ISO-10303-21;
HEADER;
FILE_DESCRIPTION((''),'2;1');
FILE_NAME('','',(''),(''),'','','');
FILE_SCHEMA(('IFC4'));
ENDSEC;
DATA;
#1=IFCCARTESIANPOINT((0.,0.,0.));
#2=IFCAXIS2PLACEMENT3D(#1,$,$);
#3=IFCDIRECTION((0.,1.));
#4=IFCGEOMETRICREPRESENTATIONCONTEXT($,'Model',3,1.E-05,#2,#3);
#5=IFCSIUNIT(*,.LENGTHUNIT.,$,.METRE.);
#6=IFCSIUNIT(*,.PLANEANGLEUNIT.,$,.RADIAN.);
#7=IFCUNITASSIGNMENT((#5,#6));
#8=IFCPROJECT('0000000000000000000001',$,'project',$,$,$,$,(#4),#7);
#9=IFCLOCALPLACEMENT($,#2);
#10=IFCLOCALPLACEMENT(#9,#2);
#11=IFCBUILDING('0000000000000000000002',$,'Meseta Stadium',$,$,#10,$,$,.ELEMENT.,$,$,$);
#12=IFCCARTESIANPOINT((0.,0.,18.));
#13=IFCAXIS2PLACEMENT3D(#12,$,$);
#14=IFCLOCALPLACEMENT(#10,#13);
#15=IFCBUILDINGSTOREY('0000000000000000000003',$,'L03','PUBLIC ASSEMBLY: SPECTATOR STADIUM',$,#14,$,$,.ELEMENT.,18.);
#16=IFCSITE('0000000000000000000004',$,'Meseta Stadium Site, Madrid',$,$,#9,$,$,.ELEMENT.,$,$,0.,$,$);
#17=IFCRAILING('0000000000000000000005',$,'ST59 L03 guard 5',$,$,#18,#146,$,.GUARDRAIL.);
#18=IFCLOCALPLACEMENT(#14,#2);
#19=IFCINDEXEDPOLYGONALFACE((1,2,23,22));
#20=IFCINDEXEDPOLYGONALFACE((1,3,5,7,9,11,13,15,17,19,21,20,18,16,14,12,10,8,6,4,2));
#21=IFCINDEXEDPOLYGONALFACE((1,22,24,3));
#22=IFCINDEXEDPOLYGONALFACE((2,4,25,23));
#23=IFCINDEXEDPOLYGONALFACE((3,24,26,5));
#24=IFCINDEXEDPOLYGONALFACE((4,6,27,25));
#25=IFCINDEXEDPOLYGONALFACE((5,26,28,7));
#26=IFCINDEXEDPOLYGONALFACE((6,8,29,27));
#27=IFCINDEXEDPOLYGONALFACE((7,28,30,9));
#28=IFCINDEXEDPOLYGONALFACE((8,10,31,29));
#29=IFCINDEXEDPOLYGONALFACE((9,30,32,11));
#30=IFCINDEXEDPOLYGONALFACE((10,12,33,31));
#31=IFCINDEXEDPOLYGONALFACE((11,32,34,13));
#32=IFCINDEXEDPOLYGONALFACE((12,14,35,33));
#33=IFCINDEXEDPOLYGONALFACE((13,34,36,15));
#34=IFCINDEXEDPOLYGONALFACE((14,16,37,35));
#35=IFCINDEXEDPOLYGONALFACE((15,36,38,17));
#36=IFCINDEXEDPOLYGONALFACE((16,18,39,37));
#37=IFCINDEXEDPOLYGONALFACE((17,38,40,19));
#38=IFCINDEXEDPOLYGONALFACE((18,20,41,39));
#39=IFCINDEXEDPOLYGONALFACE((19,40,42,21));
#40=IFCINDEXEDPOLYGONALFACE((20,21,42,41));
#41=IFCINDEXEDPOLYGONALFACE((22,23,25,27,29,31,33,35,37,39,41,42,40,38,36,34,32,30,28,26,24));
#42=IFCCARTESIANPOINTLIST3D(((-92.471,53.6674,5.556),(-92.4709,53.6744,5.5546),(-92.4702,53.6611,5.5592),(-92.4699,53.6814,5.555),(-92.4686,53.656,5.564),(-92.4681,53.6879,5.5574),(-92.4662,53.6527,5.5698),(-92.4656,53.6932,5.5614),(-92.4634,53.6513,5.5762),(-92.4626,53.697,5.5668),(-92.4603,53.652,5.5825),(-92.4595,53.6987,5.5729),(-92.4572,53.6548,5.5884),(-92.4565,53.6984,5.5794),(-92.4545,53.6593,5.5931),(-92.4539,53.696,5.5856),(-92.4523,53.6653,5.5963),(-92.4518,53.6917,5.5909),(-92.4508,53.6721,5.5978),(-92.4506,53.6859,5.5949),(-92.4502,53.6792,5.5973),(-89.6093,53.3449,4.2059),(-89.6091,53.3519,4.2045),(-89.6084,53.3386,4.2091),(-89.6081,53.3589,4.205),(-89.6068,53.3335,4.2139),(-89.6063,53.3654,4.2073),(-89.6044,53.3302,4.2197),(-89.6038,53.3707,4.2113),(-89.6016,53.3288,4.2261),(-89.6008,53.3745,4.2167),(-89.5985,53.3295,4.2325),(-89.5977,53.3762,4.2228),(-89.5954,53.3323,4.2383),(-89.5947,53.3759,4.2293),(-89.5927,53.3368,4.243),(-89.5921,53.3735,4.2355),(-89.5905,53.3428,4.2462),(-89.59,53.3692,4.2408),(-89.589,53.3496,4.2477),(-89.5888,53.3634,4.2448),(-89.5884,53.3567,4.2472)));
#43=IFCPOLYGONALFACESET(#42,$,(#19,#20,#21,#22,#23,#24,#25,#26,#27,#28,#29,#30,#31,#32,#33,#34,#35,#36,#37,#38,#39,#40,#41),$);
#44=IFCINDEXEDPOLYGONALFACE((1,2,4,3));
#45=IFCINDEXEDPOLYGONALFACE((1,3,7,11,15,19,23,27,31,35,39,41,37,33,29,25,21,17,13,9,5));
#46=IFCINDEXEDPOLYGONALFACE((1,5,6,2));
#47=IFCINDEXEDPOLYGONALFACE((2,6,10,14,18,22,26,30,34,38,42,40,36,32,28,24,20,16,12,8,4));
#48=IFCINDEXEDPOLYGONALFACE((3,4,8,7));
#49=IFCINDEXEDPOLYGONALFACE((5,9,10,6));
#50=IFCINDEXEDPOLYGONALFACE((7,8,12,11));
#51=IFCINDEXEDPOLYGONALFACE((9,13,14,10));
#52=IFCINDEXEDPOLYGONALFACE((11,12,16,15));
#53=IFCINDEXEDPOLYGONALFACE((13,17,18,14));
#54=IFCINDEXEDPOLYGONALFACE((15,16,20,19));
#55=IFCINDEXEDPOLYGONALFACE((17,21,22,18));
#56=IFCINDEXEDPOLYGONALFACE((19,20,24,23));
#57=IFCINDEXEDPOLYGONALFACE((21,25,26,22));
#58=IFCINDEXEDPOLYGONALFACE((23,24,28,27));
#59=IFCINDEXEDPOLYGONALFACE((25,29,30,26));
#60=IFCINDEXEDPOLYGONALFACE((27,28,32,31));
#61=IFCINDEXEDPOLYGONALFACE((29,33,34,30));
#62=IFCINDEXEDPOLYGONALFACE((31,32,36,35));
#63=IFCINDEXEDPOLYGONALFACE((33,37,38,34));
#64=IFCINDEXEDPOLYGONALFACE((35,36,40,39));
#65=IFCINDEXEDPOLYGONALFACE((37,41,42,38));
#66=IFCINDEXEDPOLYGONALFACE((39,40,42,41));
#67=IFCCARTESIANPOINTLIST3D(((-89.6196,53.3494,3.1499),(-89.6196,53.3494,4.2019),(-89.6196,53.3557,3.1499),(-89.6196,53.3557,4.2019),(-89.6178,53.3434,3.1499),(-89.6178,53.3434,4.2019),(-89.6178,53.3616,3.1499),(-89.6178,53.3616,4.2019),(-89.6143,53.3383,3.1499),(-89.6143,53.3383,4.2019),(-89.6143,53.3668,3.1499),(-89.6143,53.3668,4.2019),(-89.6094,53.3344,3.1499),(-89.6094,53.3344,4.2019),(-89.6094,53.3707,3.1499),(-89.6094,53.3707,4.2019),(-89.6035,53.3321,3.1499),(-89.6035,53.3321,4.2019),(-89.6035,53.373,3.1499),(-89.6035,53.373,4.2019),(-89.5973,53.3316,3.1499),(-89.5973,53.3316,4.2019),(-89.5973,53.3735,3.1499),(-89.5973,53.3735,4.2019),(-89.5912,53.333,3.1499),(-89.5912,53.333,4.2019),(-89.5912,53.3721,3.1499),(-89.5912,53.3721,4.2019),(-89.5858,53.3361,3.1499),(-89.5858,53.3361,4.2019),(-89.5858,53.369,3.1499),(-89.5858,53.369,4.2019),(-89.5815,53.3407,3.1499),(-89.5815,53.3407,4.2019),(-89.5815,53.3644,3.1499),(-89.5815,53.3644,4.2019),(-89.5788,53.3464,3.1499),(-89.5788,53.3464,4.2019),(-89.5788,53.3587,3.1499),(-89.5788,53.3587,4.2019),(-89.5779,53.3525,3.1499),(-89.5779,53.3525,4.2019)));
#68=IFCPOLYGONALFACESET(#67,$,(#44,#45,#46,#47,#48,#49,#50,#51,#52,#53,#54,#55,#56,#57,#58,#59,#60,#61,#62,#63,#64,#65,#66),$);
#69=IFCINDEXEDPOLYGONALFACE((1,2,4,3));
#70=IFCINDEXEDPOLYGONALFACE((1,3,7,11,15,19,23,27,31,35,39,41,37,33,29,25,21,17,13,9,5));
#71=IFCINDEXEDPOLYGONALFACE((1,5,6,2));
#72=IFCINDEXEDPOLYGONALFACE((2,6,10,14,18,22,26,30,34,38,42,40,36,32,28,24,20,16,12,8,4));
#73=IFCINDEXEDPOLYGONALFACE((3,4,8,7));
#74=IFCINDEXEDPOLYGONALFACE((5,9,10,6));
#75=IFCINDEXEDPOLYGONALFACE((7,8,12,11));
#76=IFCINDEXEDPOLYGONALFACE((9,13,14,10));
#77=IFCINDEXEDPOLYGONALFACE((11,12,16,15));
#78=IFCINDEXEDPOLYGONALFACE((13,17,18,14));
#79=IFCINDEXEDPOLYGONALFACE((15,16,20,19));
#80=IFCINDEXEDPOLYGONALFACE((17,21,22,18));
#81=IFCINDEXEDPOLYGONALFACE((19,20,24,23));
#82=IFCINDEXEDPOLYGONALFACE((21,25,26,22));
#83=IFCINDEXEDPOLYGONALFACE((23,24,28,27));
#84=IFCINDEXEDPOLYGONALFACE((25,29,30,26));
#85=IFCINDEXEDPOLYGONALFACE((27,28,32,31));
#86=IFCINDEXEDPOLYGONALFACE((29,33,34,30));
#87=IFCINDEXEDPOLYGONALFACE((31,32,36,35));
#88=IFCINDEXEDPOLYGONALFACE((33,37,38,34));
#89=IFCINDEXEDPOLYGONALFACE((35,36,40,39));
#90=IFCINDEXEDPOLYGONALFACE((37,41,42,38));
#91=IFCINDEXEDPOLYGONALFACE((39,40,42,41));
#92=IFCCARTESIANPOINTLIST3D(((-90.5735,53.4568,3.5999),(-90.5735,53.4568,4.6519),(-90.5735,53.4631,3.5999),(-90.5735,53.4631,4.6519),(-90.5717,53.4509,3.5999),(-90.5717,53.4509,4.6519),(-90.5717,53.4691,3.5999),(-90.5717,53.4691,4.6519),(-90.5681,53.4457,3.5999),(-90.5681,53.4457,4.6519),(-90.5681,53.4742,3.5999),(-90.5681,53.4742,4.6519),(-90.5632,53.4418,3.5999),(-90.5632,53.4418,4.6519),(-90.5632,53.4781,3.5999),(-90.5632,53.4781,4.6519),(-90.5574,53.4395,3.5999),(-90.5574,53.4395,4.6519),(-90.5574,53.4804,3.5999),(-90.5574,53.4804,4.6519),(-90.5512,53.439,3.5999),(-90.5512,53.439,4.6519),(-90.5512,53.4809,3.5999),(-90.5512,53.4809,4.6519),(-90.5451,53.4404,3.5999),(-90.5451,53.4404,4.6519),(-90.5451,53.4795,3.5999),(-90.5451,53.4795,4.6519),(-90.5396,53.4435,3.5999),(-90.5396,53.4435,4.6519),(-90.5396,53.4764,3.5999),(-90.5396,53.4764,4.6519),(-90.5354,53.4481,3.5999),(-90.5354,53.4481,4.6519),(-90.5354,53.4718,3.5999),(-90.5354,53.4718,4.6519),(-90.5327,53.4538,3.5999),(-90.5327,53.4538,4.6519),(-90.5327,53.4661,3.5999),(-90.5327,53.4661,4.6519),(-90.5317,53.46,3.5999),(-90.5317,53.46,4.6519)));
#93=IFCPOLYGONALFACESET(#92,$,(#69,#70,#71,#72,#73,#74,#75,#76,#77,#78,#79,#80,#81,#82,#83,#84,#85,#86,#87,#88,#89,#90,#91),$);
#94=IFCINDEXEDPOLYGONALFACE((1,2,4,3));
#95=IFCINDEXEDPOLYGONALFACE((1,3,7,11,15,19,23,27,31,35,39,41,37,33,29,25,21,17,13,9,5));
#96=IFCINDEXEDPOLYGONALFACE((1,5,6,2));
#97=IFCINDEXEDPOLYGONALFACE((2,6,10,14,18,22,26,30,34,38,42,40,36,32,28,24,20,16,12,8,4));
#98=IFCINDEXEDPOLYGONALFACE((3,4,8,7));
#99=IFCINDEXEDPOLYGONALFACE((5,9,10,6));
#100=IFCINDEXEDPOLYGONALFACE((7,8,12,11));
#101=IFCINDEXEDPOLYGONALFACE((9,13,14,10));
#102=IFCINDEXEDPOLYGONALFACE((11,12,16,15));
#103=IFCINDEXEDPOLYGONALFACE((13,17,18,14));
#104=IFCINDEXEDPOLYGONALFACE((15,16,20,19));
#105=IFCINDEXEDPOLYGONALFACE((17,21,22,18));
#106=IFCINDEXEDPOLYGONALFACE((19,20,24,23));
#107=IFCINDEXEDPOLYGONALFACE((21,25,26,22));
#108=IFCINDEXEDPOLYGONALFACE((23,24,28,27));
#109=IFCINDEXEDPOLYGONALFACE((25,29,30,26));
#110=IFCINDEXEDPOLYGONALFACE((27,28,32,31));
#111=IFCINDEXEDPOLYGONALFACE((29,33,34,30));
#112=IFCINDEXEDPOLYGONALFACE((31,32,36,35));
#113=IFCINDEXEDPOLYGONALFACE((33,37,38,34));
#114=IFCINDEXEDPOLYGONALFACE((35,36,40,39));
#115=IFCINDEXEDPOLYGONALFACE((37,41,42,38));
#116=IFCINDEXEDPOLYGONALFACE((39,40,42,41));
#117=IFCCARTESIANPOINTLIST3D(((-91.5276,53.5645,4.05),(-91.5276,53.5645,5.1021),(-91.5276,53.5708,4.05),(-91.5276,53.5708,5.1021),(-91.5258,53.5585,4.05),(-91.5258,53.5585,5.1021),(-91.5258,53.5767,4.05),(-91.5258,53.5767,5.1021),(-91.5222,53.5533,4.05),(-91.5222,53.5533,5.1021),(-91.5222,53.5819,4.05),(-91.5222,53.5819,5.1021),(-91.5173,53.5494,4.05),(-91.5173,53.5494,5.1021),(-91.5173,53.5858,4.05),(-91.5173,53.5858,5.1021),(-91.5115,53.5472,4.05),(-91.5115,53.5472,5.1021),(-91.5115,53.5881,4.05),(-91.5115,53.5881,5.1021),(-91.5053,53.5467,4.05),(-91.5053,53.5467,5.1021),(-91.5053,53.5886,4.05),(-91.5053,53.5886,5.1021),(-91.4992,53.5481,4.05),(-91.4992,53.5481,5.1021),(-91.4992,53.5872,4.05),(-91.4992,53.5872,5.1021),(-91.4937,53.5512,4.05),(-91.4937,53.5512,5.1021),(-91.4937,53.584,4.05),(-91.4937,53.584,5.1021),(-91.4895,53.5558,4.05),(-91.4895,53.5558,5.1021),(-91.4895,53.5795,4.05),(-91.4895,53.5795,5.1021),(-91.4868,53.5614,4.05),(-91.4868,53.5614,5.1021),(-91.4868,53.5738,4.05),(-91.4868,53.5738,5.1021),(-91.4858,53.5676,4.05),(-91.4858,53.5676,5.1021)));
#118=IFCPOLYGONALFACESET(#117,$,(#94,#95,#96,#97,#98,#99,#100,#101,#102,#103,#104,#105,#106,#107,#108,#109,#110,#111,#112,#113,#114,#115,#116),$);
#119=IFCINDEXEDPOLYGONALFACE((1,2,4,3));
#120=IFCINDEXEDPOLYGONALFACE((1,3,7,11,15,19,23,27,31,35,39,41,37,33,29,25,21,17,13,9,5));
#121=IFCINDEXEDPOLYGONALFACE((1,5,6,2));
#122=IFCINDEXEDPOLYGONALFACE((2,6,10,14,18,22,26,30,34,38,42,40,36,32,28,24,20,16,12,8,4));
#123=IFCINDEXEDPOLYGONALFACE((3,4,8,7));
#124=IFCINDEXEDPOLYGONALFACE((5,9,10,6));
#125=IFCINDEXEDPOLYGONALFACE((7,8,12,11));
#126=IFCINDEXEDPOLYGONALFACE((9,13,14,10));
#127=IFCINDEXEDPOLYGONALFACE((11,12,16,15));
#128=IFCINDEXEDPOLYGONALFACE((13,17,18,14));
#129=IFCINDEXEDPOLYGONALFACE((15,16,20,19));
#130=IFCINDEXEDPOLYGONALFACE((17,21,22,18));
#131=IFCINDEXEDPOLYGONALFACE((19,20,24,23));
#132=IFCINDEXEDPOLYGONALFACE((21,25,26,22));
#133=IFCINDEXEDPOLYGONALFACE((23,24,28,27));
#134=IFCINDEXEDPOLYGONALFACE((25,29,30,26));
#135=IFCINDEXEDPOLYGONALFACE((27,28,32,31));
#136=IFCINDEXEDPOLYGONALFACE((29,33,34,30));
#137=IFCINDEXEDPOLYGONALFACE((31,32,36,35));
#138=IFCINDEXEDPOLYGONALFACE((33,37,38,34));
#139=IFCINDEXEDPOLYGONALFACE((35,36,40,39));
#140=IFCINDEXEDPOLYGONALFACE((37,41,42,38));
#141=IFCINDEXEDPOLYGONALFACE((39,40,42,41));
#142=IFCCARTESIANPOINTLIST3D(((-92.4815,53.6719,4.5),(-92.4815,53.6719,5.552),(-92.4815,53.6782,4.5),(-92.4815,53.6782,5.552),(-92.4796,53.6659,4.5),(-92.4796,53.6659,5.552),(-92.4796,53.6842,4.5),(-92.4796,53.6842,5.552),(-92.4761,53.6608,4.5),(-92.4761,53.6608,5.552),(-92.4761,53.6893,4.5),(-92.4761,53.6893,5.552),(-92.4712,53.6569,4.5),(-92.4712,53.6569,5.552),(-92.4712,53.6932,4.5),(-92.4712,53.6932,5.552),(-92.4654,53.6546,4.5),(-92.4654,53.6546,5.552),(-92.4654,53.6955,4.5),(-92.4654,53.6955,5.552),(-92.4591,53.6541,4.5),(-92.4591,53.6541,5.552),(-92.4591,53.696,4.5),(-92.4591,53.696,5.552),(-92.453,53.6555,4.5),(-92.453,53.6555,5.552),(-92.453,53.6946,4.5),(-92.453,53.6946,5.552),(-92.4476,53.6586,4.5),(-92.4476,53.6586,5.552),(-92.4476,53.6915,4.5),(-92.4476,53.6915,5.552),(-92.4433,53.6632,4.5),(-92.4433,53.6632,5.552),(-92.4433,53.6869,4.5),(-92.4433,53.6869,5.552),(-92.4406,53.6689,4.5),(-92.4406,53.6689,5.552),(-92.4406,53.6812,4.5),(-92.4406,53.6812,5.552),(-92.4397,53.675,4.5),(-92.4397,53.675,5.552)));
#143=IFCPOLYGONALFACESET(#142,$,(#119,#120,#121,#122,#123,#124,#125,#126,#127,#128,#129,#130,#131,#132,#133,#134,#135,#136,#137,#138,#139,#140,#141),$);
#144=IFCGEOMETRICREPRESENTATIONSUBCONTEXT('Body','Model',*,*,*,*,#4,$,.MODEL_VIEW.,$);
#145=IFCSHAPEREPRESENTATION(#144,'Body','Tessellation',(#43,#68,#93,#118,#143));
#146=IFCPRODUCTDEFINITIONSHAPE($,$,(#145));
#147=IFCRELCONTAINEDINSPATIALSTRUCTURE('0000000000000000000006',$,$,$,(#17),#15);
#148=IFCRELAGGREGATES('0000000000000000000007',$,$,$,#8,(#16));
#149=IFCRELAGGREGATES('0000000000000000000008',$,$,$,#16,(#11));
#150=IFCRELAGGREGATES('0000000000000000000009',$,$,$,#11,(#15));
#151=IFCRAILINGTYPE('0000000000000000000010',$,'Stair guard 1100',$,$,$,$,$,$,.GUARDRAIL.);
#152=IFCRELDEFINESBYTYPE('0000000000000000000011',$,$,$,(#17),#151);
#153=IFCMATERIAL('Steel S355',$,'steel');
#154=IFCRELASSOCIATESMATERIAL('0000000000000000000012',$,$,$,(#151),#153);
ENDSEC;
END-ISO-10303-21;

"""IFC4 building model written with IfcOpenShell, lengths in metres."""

from ifc_helpers import new_model, si_unit, direction, frame, origin, origin_2d, place, context, subcontext, project, spatial, circle, extrude, material, type_object, element, save


model = new_model("IFC4")

# Units and contexts
model_context = context("Model", 3, precision=1e-05, world=origin(), true_north=direction((0.0, 1.0)))
body_context = subcontext(model_context, "Body", "Model", "MODEL_VIEW")
ifc_project = project(units=[si_unit("LENGTHUNIT", "METRE"), si_unit("PLANEANGLEUNIT", "RADIAN")], contexts=[model_context])

# Site, building, storey
site_placement = place(None, origin())
site = spatial("IfcSite", under=ifc_project, at=site_placement, Name="Meseta Stadium Site, Madrid", CompositionType="ELEMENT", RefElevation=0.0)
building_placement = place(site_placement, origin())
building = spatial("IfcBuilding", under=site, at=building_placement, Name="Meseta Stadium", CompositionType="ELEMENT")
storey_placement = place(building_placement, frame((0.0, 0.0, 18.0)))
storey = spatial("IfcBuildingStorey", under=building, at=storey_placement, Name="L03", Description="PUBLIC ASSEMBLY: SPECTATOR STADIUM", CompositionType="ELEMENT", Elevation=18.0)

# Railing
ifc_material_1 = material(Name="Steel S355", Category="steel")
railing_type_1 = type_object("IfcRailingType", Name="Stair guard 1100", PredefinedType="GUARDRAIL", material=ifc_material_1)
railing_1_placement = place(storey_placement, frame((-89.5989, 53.3525, 3.1499)))
element("IfcRailing", 1, at=railing_1_placement, inside=storey, type_object=railing_type_1, Name="ST59 L03 guard 5", PredefinedType="GUARDRAIL", context=body_context, shape_type="SweptSolid", body=[
    extrude(circle(Radius=0.0239, at=origin_2d()), frame((0.0, 0.0, 1.0762), z_axis=(-0.899748, 0.101396, 0.424467), x_axis=(-0.111985, -0.99371, 0.0)), (0.0, 0.0, 1.0), 3.1807),
    extrude(circle(Radius=0.021, at=origin_2d()), origin(), (0.0, 0.0, 1.0), 1.052),
    extrude(circle(Radius=0.021, at=origin_2d()), frame((-0.9539, 0.1074, 0.45)), (0.0, 0.0, 1.0), 1.052),
    extrude(circle(Radius=0.021, at=origin_2d()), frame((-1.908, 0.2151, 0.9001)), (0.0, 0.0, 1.0), 1.052),
    extrude(circle(Radius=0.021, at=origin_2d()), frame((-2.8618, 0.3225, 1.3501)), (0.0, 0.0, 1.0), 1.052),
])

save(model, "model.ifc")
